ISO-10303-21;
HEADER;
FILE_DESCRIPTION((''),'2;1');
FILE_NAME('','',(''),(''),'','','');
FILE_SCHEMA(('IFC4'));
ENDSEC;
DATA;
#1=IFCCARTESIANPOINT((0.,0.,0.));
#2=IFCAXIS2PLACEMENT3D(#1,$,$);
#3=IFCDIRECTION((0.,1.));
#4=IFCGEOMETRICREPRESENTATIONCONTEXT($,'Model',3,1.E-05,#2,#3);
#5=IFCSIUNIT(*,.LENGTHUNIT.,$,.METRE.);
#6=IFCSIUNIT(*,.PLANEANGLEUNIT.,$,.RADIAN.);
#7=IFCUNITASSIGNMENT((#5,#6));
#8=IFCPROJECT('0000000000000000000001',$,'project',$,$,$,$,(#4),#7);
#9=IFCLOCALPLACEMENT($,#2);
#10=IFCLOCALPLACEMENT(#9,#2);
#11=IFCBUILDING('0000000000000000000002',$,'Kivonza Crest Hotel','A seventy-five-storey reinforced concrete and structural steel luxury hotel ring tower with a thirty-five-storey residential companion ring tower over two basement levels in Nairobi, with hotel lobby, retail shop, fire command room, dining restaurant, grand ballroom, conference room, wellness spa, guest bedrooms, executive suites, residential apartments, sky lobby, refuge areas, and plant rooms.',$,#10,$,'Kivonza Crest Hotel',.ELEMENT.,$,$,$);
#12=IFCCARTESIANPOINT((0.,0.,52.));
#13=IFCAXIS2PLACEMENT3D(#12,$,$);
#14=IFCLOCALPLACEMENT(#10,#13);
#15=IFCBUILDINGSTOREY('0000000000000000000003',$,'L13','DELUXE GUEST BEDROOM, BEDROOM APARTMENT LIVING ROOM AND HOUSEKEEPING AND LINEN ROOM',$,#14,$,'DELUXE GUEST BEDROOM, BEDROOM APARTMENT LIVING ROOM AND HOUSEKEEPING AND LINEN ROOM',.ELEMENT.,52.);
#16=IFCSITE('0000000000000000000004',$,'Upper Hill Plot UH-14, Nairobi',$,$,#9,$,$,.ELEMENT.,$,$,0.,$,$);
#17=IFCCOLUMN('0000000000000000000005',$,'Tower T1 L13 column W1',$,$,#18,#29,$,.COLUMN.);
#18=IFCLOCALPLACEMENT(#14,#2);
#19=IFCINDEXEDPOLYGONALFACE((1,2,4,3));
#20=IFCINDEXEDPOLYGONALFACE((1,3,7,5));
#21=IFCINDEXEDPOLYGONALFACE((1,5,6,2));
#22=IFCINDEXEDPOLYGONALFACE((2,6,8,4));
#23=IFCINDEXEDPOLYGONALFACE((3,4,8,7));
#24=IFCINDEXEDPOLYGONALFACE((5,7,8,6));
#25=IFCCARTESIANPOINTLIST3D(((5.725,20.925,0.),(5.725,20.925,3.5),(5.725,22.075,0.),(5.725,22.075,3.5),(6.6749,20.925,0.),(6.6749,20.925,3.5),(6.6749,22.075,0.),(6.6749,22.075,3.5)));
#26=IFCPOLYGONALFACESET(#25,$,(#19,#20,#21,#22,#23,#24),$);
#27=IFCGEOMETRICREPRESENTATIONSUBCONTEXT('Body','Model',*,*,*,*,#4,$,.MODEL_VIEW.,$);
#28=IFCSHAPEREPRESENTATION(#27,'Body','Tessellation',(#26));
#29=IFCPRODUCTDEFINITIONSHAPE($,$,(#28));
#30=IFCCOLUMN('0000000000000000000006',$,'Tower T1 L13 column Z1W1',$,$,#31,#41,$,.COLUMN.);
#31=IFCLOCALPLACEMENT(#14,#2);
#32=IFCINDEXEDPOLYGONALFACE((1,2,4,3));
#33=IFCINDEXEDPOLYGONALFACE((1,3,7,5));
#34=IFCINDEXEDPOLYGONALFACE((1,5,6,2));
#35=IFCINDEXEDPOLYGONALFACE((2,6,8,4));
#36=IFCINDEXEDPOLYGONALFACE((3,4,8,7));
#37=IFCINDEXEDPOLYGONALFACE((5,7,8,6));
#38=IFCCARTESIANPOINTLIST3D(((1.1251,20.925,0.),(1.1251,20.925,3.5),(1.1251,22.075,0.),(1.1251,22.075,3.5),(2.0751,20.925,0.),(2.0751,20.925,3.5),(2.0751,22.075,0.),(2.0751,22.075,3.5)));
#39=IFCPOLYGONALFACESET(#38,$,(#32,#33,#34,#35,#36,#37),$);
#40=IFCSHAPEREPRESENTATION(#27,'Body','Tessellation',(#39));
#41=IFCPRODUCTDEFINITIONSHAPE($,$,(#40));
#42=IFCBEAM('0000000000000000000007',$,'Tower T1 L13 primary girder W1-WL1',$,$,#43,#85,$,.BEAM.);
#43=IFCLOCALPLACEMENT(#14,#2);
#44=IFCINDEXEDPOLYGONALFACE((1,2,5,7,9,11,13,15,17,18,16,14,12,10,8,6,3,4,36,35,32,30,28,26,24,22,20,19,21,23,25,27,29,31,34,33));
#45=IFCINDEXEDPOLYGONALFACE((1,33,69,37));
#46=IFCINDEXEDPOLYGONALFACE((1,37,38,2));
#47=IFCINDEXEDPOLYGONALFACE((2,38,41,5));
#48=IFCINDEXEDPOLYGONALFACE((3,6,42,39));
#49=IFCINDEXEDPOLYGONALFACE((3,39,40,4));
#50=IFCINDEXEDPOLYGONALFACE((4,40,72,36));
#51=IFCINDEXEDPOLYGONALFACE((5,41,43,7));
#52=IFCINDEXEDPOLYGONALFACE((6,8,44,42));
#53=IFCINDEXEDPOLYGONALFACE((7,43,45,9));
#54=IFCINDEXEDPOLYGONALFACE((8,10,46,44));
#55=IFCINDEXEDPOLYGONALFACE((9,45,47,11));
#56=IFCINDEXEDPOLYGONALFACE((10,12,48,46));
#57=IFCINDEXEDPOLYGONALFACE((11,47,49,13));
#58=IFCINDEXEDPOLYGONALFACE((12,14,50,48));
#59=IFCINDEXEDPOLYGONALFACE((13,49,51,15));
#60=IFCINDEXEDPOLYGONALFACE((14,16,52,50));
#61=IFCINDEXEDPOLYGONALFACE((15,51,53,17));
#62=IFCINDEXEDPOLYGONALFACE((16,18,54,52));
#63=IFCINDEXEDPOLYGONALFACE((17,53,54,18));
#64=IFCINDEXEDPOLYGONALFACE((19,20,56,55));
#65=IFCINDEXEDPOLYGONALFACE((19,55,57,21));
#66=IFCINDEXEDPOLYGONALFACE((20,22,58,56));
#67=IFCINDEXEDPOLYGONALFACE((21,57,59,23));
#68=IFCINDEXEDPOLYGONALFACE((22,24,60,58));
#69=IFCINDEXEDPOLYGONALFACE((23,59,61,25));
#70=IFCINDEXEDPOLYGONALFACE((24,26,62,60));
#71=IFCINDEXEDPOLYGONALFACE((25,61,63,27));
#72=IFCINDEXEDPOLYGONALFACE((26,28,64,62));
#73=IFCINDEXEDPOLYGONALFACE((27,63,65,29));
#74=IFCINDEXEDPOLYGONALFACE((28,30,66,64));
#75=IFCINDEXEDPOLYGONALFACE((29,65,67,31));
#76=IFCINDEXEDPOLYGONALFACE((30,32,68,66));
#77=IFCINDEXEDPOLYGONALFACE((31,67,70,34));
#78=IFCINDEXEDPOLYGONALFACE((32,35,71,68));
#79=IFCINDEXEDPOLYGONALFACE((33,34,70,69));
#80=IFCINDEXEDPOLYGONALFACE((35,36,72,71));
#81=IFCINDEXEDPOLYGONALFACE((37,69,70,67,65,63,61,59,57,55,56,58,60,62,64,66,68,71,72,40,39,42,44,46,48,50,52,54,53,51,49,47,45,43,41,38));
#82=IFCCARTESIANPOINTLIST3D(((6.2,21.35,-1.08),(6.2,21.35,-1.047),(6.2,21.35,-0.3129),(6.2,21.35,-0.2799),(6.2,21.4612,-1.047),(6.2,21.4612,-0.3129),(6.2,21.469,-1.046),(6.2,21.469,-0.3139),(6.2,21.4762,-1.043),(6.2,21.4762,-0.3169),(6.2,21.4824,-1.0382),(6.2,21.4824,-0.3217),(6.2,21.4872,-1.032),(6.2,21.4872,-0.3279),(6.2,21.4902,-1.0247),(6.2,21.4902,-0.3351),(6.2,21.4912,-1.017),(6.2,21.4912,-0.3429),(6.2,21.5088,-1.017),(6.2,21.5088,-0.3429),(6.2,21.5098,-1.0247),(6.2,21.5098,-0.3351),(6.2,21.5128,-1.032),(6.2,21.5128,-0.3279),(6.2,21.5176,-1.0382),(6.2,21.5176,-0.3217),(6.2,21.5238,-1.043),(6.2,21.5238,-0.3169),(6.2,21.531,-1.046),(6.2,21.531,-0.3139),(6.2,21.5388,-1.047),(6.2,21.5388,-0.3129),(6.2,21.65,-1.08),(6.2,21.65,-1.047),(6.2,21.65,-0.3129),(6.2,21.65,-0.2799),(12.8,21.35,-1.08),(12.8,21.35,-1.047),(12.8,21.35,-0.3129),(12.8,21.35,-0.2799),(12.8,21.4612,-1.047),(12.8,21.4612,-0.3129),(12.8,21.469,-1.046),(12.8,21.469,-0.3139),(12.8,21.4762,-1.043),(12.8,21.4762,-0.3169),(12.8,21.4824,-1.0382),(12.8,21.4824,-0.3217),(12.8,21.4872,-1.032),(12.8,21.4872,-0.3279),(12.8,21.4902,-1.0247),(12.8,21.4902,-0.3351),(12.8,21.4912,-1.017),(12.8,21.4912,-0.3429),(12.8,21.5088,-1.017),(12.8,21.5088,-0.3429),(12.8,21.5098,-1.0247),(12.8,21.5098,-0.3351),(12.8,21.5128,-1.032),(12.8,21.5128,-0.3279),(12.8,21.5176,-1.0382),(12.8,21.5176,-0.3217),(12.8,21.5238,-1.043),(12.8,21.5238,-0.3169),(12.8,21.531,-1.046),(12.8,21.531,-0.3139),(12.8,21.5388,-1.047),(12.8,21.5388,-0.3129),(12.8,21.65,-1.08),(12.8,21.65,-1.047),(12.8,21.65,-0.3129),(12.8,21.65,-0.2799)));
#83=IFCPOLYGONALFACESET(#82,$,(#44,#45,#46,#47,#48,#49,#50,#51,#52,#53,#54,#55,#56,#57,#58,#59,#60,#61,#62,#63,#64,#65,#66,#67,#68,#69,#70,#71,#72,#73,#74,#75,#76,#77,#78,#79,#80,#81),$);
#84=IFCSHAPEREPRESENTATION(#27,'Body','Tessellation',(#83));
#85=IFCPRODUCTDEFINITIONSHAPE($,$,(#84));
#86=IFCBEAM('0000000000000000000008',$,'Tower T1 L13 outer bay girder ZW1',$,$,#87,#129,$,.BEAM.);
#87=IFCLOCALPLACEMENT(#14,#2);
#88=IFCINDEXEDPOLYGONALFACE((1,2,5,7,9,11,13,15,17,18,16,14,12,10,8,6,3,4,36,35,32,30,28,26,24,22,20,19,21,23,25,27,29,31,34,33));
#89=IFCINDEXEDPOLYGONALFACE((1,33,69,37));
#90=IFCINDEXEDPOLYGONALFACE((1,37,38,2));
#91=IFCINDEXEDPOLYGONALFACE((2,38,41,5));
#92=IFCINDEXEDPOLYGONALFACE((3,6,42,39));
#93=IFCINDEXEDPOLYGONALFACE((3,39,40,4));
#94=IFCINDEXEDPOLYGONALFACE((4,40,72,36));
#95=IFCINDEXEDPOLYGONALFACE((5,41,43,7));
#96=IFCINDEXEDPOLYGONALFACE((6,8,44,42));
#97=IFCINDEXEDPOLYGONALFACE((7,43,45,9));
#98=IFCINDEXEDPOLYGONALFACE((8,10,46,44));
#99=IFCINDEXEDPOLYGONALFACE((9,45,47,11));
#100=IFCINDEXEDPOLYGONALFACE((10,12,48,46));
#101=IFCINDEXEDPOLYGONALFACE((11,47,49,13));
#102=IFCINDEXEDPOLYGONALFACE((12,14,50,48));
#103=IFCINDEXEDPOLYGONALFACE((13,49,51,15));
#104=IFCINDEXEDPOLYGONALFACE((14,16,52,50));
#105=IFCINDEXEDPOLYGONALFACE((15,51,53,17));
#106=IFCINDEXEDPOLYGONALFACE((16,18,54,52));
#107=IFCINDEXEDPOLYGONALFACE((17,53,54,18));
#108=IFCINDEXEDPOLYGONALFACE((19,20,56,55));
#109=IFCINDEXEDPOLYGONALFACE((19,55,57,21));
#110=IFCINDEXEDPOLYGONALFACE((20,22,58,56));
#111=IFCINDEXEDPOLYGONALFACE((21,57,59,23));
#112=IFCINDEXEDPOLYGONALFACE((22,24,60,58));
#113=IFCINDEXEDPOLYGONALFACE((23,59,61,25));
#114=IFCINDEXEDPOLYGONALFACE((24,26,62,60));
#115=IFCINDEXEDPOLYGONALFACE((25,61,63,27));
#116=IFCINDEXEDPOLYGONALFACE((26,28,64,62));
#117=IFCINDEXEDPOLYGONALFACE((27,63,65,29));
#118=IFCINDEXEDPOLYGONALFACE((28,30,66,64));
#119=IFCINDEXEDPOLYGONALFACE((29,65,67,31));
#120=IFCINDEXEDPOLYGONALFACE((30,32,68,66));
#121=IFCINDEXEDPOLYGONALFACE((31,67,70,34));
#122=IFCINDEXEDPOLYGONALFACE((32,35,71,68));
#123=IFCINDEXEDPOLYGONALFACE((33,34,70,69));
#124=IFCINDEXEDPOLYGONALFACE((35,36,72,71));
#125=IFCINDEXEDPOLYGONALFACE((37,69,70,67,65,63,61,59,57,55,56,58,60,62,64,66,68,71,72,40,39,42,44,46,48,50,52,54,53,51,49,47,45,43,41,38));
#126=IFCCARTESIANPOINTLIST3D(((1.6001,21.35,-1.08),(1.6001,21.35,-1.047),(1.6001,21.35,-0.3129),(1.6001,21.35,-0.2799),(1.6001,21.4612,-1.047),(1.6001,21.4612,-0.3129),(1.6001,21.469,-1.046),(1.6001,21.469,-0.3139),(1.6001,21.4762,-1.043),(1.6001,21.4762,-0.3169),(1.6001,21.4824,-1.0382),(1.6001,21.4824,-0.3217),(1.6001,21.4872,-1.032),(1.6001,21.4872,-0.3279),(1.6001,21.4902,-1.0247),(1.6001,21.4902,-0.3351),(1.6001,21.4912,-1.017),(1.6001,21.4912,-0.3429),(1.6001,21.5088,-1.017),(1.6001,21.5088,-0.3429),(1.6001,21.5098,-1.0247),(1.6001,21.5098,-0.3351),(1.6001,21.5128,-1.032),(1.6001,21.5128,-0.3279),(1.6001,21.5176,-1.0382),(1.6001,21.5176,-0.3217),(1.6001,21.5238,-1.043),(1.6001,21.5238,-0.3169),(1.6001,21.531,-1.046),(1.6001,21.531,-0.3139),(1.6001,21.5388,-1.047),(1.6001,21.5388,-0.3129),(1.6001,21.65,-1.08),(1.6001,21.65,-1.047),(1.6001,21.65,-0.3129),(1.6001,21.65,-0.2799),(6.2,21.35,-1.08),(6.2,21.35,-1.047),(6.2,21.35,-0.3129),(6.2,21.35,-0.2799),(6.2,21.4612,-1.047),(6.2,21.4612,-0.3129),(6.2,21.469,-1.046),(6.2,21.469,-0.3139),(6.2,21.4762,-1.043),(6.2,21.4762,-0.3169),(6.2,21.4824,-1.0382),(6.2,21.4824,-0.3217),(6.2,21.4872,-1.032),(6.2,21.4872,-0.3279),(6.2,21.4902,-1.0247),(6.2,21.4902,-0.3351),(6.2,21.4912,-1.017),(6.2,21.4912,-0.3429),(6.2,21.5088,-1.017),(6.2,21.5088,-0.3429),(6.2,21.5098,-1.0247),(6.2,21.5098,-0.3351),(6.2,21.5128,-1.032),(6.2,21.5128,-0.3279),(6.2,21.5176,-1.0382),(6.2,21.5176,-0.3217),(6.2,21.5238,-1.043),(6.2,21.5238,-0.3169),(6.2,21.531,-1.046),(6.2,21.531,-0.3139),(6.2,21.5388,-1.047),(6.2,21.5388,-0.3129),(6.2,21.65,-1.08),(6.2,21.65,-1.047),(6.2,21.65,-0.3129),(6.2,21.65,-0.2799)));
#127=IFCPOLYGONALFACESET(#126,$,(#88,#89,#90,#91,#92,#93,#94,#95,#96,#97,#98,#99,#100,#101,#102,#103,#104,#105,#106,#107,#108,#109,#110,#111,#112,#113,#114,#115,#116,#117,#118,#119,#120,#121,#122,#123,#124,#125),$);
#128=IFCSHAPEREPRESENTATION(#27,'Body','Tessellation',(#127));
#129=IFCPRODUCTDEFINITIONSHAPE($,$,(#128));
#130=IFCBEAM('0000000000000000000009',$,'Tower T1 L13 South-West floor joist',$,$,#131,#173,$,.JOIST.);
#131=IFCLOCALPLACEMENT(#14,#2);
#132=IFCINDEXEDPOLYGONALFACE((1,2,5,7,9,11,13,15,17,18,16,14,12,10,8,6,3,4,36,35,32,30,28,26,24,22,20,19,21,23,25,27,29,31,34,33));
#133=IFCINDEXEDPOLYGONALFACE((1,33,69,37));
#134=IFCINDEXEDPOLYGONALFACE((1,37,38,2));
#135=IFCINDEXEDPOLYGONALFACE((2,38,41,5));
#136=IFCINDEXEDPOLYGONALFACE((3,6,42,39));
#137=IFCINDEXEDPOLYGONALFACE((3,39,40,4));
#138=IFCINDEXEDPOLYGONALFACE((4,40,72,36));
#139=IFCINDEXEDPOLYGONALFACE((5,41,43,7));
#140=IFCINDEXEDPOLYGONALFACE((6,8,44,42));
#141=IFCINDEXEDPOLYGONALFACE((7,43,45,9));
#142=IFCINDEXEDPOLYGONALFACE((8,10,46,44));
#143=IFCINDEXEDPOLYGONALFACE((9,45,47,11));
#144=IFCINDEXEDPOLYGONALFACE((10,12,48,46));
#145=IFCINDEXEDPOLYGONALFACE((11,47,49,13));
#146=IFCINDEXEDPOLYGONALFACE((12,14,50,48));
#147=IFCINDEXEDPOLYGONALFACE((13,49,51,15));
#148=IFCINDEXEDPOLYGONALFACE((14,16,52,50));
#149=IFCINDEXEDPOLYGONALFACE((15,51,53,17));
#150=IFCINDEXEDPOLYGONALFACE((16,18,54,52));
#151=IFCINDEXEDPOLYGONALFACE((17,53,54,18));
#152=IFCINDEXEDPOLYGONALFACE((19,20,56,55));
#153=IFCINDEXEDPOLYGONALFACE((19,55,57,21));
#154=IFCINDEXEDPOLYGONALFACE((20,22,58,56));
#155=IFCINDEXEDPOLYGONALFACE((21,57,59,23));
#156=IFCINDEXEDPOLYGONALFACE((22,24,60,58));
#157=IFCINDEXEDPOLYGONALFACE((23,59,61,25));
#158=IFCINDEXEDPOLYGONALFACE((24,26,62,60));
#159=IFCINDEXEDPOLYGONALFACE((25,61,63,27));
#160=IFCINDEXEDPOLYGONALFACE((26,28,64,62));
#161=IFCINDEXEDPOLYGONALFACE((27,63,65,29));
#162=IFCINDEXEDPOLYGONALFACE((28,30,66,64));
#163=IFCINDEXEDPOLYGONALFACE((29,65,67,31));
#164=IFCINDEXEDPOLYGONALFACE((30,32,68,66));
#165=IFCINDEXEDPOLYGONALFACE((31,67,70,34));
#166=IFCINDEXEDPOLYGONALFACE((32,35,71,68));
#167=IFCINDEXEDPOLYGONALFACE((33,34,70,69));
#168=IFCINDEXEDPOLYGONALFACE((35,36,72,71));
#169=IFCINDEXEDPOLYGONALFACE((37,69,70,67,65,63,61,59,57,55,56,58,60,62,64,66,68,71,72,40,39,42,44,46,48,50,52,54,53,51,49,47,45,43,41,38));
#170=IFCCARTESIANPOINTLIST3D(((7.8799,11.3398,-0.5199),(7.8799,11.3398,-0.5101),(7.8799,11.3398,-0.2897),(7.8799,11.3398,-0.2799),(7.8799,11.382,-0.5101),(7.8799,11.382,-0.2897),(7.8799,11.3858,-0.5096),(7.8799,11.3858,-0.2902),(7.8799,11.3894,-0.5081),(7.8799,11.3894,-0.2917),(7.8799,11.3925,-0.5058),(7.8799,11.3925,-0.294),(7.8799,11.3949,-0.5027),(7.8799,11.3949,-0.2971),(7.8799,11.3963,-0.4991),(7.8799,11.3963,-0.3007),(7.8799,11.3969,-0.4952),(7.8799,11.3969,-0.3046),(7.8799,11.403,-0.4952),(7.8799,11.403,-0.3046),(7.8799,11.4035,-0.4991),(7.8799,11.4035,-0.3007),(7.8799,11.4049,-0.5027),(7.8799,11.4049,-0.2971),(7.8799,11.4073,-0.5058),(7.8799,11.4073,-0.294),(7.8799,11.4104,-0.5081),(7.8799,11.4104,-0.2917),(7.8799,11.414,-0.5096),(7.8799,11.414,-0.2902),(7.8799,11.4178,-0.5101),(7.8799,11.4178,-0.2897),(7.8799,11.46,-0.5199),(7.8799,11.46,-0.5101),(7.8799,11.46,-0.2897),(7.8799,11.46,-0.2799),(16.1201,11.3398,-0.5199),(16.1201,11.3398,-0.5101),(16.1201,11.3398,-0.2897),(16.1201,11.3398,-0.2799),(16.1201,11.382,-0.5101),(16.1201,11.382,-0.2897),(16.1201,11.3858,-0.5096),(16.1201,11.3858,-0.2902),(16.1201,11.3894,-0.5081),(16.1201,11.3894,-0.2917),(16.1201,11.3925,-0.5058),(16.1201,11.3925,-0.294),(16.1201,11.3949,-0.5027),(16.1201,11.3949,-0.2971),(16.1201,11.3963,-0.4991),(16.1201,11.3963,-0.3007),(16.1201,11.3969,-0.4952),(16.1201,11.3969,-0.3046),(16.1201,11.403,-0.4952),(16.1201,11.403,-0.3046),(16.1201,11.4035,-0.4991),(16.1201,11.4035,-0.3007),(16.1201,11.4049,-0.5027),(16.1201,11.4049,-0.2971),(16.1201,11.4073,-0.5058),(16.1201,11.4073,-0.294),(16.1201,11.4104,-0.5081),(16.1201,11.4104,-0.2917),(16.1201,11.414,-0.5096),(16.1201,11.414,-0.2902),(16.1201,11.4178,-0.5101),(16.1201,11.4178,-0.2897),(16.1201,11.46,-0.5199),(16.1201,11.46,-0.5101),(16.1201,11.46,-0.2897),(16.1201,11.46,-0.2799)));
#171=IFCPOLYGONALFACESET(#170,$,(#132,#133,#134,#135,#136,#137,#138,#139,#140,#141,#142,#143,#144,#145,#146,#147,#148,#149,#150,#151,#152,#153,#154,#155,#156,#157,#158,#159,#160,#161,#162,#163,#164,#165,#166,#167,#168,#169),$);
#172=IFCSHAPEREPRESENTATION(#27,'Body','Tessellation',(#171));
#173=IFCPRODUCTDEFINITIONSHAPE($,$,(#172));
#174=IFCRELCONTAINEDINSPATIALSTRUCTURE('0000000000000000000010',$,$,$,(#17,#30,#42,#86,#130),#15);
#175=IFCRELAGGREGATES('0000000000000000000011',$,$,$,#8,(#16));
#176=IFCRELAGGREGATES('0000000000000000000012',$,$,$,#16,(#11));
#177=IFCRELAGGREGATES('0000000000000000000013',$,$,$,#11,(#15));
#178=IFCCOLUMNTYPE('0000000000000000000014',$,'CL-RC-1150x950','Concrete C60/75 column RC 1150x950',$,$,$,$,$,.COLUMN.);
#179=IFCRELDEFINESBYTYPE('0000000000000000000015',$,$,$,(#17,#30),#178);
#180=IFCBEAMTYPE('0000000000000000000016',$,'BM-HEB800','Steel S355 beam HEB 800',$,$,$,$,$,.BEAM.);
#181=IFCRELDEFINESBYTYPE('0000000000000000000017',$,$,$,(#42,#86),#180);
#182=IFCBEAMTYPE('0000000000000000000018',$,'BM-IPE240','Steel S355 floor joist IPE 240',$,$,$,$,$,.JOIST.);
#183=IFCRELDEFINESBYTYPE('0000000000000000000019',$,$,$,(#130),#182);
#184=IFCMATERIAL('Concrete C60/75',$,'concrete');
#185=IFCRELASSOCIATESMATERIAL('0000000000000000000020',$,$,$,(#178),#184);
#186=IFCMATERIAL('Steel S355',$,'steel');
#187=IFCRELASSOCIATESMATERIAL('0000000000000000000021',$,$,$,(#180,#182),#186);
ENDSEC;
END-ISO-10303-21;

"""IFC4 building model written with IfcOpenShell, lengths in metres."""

from ifc_helpers import new_model, si_unit, direction, frame, origin, origin_2d, place, context, subcontext, project, spatial, rectangle, i_section, extrude, material, material_profile, profile_set, type_object, element, save


model = new_model("IFC4")

# Units and contexts
model_context = context("Model", 3, precision=1e-05, world=origin(), true_north=direction((0.0, 1.0)))
body_context = subcontext(model_context, "Body", "Model", "MODEL_VIEW")
ifc_project = project(units=[si_unit("LENGTHUNIT", "METRE"), si_unit("PLANEANGLEUNIT", "RADIAN")], contexts=[model_context])

# Site, building, storey
site_placement = place(None, origin())
site = spatial("IfcSite", under=ifc_project, at=site_placement, Name="Upper Hill Plot UH-14, Nairobi", CompositionType="ELEMENT", RefElevation=0.0)
building_placement = place(site_placement, origin())
building = spatial("IfcBuilding", under=site, at=building_placement, Name="Kivonza Crest Hotel", Description="A seventy-five-storey reinforced concrete and structural steel luxury hotel ring tower with a thirty-five-storey residential companion ring tower over two basement levels in Nairobi, with hotel lobby, retail shop, fire command room, dining restaurant, grand ballroom, conference room, wellness spa, guest bedrooms, executive suites, residential apartments, sky lobby, refuge areas, and plant rooms.", LongName="Kivonza Crest Hotel", CompositionType="ELEMENT")
storey_placement = place(building_placement, frame((0.0, 0.0, 52.0)))
storey = spatial("IfcBuildingStorey", under=building, at=storey_placement, Name="L13", Description="DELUXE GUEST BEDROOM, BEDROOM APARTMENT LIVING ROOM AND HOUSEKEEPING AND LINEN ROOM", LongName="DELUXE GUEST BEDROOM, BEDROOM APARTMENT LIVING ROOM AND HOUSEKEEPING AND LINEN ROOM", CompositionType="ELEMENT", Elevation=52.0)

# Columns
ifc_material_1 = material(Name="Concrete C60/75", Category="concrete")
ifc_material_profile_1 = material_profile(ifc_material_1, rectangle(XDim=0.95, YDim=1.1499, at=origin_2d()), Name="RC 1150x950")
ifc_profile_set_1 = profile_set([ifc_material_profile_1], Name="Concrete C60/75")
column_type = type_object("IfcColumnType", Name="CL-RC-1150x950", Description="Concrete C60/75 column RC 1150x950", PredefinedType="COLUMN", material=ifc_profile_set_1)
for number, where, z_axis, x_axis, name in (
    (1, (6.2, 21.5, 0.0), (0.0, 0.0, 1.0), (1.0, 0.0, 0.0), "Tower T1 L13 column W1"),
    (2, (1.6001, 21.5, 0.0), (0.0, 0.0, 1.0), (1.0, 0.0, 0.0), "Tower T1 L13 column Z1W1"),
):
    element("IfcColumn", number, at=place(storey_placement, frame(where, z_axis=z_axis, x_axis=x_axis)), inside=storey, type_object=column_type, Name=name, PredefinedType="COLUMN", context=body_context, shape_type="SweptSolid", body=[
        extrude(rectangle(XDim=0.95, YDim=1.1499, at=origin_2d()), origin(), (0.0, 0.0, 1.0), 3.5),
    ])

# Beams
ifc_material_2 = material(Name="Steel S355", Category="steel")
ifc_material_profile_2 = material_profile(ifc_material_2, i_section(OverallWidth=0.3, OverallDepth=0.8, WebThickness=0.0176, FlangeThickness=0.033, FilletRadius=0.03, at=origin_2d()), Name="HEB 800")
ifc_profile_set_2 = profile_set([ifc_material_profile_2], Name="Steel S355")
beam_type_1 = type_object("IfcBeamType", Name="BM-HEB800", Description="Steel S355 beam HEB 800", PredefinedType="BEAM", material=ifc_profile_set_2)
beam_1_placement = place(storey_placement, frame((6.2, 21.5, -0.6799), z_axis=(1.0, 0.0, 0.0), x_axis=(0.0, 1.0, 0.0)))
element("IfcBeam", 3, at=beam_1_placement, inside=storey, type_object=beam_type_1, Name="Tower T1 L13 primary girder W1-WL1", PredefinedType="BEAM", context=body_context, shape_type="SweptSolid", body=[
    extrude(i_section(OverallWidth=0.3, OverallDepth=0.8, WebThickness=0.0176, FlangeThickness=0.033, FilletRadius=0.03, at=origin_2d()), origin(), (0.0, 0.0, 1.0), 6.6001),
])
beam_2_placement = place(storey_placement, frame((1.6001, 21.5, -0.6799), z_axis=(1.0, 0.0, 0.0), x_axis=(0.0, 1.0, 0.0)))
element("IfcBeam", 4, at=beam_2_placement, inside=storey, type_object=beam_type_1, Name="Tower T1 L13 outer bay girder ZW1", PredefinedType="BEAM", context=body_context, shape_type="SweptSolid", body=[
    extrude(i_section(OverallWidth=0.3, OverallDepth=0.8, WebThickness=0.0176, FlangeThickness=0.033, FilletRadius=0.03, at=origin_2d()), origin(), (0.0, 0.0, 1.0), 4.5999),
])
ifc_material_profile_3 = material_profile(ifc_material_2, i_section(OverallWidth=0.1201, OverallDepth=0.24, WebThickness=0.0061, FlangeThickness=0.0098, FilletRadius=0.0149, at=origin_2d()), Name="IPE 240")
ifc_profile_set_3 = profile_set([ifc_material_profile_3], Name="Steel S355")
beam_type_2 = type_object("IfcBeamType", Name="BM-IPE240", Description="Steel S355 floor joist IPE 240", PredefinedType="JOIST", material=ifc_profile_set_3)
beam_3_placement = place(storey_placement, frame((7.8799, 11.3999, -0.3999), z_axis=(1.0, 0.0, 0.0), x_axis=(0.0, 1.0, 0.0)))
element("IfcBeam", 5, at=beam_3_placement, inside=storey, type_object=beam_type_2, Name="Tower T1 L13 South-West floor joist", PredefinedType="JOIST", context=body_context, shape_type="SweptSolid", body=[
    extrude(i_section(OverallWidth=0.1201, OverallDepth=0.24, WebThickness=0.0061, FlangeThickness=0.0098, FilletRadius=0.0149, at=origin_2d()), origin(), (0.0, 0.0, 1.0), 8.2402),
])

save(model, "model.ifc")
